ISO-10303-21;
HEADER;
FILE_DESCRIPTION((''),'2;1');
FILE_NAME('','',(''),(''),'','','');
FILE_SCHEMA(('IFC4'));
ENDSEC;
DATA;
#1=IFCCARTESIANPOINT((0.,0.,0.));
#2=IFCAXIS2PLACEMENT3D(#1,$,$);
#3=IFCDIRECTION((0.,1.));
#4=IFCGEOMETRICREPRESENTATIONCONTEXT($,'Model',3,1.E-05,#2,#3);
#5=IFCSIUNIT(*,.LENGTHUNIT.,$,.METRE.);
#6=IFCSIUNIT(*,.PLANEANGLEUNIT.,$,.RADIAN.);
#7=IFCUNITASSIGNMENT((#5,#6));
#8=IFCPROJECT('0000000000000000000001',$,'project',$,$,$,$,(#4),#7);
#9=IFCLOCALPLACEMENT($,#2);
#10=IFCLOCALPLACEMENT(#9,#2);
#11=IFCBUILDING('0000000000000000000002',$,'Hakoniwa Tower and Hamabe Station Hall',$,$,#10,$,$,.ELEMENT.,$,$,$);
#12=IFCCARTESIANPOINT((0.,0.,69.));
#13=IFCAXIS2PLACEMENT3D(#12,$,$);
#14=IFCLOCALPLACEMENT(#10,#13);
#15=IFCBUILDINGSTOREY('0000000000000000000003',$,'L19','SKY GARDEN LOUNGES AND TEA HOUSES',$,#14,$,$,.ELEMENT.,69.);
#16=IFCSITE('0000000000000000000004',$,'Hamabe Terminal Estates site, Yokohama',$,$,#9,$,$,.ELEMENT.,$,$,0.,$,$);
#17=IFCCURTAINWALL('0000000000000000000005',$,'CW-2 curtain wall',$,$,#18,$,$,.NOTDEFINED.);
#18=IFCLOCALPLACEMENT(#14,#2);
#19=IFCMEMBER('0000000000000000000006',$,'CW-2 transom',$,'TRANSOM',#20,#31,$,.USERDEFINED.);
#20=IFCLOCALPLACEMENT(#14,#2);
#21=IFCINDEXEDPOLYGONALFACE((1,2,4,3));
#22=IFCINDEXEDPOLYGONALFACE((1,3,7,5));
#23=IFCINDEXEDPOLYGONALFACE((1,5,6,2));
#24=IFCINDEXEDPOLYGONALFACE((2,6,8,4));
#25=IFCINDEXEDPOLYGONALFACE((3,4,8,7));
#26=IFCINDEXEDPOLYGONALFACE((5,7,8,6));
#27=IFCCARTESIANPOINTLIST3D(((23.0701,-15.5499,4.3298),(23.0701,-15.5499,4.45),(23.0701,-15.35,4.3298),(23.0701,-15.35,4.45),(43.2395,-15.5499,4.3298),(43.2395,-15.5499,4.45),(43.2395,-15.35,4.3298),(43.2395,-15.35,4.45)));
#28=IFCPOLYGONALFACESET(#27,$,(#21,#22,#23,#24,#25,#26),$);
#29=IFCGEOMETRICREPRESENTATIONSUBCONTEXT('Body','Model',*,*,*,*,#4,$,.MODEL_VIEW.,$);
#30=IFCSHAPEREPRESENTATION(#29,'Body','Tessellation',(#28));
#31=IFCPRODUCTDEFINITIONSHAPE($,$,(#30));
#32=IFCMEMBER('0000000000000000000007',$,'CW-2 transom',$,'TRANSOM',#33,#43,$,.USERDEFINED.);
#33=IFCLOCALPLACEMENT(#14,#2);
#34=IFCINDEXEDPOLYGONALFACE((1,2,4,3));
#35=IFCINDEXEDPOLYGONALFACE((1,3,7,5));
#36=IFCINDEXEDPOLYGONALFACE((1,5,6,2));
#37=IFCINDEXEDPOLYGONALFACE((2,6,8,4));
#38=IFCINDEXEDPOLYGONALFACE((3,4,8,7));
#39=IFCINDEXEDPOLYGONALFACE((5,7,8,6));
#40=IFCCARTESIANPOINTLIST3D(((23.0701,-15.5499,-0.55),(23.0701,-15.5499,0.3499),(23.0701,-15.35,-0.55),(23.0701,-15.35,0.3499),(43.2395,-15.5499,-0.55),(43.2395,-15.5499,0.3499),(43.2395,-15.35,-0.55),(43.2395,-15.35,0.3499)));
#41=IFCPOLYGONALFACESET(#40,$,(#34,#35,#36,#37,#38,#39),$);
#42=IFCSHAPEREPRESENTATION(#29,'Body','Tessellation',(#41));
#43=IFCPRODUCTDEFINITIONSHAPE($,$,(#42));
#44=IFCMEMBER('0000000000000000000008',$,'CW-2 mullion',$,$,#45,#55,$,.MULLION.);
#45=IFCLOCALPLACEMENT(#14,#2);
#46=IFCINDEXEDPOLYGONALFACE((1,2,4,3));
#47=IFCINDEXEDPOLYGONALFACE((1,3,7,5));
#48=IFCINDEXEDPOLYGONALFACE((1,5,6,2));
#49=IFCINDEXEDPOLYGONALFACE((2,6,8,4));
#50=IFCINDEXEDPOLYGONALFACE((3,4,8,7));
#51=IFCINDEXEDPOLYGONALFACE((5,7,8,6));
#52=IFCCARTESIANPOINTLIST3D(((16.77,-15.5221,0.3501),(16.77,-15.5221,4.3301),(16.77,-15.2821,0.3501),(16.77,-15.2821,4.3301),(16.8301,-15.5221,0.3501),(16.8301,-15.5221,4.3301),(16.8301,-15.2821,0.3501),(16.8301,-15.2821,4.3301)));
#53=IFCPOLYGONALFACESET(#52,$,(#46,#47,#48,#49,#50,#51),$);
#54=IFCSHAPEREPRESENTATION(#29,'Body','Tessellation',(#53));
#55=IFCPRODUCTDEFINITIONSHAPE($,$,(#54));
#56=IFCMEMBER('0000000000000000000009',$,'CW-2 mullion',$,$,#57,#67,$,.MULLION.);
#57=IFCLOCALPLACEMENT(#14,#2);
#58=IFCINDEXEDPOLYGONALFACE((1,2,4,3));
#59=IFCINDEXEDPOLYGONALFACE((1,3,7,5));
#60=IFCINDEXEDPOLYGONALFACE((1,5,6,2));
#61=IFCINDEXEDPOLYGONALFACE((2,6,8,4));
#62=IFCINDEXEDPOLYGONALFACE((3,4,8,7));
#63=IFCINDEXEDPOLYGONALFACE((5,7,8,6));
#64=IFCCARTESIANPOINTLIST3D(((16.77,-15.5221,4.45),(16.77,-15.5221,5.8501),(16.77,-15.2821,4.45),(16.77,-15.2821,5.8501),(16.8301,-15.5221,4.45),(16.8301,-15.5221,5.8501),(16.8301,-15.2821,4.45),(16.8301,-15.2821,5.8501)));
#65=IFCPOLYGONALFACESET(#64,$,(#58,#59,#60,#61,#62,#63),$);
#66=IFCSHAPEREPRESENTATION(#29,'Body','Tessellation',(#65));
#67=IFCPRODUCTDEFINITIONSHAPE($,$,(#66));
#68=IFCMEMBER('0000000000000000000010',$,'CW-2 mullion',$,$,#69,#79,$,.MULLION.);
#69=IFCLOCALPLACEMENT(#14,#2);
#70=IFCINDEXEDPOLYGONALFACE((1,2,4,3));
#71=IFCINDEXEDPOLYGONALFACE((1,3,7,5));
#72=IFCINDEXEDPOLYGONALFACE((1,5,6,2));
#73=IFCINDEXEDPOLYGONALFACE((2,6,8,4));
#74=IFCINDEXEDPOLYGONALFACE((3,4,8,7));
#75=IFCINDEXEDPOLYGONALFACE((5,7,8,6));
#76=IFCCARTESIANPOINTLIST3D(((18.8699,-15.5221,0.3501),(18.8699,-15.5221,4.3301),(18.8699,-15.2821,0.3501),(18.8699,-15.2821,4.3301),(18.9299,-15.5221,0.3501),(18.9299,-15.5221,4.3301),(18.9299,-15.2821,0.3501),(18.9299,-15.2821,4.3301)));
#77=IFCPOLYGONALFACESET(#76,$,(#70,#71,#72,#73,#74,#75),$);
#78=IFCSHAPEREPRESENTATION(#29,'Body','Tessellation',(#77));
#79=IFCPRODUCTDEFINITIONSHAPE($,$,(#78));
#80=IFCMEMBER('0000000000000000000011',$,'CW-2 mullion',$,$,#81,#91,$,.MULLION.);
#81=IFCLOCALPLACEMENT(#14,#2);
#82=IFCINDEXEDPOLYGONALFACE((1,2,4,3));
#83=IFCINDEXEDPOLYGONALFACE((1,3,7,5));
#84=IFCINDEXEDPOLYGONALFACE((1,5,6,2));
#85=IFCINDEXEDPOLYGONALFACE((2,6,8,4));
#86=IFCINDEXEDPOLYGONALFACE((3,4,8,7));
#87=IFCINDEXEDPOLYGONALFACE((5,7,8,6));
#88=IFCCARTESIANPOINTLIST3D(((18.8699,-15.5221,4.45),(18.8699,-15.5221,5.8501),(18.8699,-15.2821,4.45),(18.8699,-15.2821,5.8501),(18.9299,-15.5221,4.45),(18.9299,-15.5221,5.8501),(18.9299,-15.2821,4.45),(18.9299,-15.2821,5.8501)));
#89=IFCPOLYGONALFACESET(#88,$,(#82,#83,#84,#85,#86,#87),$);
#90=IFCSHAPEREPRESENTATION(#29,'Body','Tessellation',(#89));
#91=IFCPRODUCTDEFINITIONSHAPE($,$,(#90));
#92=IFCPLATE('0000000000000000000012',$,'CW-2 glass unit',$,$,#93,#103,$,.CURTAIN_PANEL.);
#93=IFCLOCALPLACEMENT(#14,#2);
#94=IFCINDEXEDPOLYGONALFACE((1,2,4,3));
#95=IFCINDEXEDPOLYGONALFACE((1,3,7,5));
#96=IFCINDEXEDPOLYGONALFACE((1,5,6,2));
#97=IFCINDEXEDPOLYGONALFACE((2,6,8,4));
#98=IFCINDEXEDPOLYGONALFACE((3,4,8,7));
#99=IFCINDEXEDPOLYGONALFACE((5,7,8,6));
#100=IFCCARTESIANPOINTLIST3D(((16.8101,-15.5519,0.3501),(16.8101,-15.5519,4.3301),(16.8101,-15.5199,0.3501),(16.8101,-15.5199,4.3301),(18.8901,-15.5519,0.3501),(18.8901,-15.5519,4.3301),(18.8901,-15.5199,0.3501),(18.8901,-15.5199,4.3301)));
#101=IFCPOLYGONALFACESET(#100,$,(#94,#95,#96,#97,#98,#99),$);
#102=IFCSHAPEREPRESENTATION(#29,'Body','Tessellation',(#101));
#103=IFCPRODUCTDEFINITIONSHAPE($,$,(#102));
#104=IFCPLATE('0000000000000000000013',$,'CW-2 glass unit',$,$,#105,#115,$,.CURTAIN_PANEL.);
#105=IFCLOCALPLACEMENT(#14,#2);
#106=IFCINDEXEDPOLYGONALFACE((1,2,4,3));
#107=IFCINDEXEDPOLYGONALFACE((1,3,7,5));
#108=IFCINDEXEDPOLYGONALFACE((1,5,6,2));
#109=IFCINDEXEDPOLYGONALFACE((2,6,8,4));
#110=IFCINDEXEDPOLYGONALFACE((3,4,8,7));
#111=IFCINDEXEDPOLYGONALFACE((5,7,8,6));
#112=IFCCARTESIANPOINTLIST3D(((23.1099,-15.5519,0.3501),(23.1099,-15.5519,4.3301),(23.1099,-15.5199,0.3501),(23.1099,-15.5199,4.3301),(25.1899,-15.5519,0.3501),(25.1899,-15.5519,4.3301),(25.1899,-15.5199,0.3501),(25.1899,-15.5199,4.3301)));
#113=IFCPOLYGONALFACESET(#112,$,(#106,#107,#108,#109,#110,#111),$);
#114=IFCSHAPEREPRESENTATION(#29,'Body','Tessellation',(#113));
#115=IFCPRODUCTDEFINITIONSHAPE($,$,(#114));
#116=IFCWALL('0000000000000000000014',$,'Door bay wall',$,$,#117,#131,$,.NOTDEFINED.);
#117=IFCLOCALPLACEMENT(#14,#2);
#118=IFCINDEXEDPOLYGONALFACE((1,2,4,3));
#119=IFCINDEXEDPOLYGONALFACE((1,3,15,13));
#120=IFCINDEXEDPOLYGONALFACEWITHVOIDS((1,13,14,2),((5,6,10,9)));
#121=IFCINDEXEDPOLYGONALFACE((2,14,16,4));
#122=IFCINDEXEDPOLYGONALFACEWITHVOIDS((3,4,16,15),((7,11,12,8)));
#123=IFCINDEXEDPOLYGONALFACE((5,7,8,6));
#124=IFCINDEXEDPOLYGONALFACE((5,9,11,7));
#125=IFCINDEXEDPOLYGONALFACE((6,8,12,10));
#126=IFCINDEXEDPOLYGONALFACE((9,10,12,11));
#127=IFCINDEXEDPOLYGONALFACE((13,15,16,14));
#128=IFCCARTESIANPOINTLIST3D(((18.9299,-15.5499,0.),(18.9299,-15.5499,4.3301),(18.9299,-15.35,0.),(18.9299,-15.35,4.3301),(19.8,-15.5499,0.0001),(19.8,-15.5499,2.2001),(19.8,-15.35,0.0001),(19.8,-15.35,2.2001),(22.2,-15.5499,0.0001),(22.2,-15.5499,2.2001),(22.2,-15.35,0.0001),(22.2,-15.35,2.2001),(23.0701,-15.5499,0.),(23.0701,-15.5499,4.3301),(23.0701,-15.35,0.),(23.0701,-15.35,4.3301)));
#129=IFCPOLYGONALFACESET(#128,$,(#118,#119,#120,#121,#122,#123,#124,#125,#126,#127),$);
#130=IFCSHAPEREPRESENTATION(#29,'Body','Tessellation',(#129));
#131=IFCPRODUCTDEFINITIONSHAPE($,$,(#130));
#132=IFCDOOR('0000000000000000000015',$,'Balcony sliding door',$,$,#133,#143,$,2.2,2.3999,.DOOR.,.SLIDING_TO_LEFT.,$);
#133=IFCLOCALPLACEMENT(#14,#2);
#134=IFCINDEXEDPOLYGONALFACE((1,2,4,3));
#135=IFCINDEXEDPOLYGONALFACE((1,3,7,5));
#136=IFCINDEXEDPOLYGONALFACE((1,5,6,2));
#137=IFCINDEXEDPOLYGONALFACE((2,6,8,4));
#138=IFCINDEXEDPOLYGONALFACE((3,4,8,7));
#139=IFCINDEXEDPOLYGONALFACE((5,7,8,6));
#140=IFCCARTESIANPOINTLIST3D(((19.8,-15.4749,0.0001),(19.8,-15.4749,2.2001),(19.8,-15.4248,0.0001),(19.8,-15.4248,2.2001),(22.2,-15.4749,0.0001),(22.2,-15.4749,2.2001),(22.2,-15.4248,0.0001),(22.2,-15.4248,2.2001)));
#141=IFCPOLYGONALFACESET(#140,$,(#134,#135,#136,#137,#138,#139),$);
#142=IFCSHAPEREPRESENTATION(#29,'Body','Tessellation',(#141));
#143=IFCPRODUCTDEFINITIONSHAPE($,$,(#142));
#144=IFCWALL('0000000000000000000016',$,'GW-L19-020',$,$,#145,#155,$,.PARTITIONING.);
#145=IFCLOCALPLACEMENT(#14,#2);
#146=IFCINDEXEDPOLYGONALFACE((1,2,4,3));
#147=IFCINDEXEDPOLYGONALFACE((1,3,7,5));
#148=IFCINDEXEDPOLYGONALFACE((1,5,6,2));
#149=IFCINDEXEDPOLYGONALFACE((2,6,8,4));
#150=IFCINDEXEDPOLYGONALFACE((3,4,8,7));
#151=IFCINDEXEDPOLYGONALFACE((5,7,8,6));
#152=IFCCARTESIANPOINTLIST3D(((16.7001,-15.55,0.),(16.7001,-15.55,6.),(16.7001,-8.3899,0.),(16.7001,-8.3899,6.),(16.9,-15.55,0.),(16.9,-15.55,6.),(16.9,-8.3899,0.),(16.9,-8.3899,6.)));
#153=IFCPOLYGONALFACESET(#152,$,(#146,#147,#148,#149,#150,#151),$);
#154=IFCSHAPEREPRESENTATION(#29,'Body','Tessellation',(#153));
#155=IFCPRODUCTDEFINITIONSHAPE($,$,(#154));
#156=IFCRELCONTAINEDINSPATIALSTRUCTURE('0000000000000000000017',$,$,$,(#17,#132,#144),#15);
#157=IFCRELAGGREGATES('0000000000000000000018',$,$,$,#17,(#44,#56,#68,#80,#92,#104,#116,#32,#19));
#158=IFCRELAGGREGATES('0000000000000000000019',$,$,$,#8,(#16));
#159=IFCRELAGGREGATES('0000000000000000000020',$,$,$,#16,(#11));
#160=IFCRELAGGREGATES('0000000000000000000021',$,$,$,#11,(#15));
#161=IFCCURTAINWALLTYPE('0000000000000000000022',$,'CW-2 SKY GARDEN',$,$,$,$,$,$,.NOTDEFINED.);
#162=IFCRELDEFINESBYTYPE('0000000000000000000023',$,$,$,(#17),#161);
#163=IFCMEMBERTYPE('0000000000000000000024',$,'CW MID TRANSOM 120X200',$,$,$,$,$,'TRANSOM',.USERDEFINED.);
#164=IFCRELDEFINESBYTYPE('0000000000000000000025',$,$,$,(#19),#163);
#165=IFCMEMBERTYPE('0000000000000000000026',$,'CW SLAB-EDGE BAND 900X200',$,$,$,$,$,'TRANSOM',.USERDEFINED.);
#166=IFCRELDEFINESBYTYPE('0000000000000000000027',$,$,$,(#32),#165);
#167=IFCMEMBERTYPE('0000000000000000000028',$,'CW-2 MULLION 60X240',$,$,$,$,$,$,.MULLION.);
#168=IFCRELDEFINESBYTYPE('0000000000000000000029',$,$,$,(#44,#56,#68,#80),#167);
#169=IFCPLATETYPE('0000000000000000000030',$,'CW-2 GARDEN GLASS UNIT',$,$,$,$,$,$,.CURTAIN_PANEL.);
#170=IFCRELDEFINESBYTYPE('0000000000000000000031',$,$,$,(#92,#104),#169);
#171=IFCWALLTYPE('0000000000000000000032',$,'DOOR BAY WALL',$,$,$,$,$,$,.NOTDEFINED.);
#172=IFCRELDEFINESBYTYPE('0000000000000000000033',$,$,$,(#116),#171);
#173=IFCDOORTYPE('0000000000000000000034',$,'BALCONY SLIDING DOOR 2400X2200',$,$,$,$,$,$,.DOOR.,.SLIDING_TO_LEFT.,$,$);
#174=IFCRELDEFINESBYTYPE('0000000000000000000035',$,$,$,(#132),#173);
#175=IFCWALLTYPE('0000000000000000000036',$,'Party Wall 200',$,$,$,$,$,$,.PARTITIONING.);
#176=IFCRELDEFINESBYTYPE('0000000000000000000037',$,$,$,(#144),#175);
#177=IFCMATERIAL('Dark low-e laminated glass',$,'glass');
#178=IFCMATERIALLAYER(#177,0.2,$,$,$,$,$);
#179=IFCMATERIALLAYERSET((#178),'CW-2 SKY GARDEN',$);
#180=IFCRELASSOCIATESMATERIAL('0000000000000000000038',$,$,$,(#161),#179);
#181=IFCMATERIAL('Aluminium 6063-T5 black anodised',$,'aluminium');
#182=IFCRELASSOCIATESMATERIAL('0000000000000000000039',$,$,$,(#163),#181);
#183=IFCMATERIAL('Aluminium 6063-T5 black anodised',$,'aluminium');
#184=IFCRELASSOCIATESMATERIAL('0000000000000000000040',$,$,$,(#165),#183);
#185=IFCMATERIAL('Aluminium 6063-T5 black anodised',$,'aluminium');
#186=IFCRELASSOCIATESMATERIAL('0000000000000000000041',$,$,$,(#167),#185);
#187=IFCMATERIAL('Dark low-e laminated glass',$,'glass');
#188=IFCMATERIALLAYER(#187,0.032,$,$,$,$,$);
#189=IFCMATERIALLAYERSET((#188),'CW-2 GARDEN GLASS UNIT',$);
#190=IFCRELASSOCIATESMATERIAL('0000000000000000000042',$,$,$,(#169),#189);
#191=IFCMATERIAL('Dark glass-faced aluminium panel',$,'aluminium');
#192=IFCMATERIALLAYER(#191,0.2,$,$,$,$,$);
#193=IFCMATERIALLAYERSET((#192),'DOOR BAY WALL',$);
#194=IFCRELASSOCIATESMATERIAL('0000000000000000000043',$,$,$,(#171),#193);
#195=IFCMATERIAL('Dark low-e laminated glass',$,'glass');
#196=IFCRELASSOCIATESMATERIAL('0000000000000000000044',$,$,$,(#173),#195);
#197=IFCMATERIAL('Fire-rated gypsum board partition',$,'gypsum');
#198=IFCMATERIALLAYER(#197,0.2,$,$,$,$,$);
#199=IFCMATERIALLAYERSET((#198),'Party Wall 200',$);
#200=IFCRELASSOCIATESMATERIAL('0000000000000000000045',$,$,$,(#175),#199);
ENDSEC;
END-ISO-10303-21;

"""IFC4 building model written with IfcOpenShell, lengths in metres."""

from ifc_helpers import new_model, si_unit, direction, frame, frame_2d, origin, origin_2d, place, context, subcontext, project, spatial, rectangle, extrude, material, layer, layer_set, material_profile, profile_set, type_object, element, fill, aggregate, save


model = new_model("IFC4")

# Units and contexts
model_context = context("Model", 3, precision=1e-05, world=origin(), true_north=direction((0.0, 1.0)))
body_context = subcontext(model_context, "Body", "Model", "MODEL_VIEW")
ifc_project = project(units=[si_unit("LENGTHUNIT", "METRE"), si_unit("PLANEANGLEUNIT", "RADIAN")], contexts=[model_context])

# Site, building, storey
site_placement = place(None, origin())
site = spatial("IfcSite", under=ifc_project, at=site_placement, Name="Hamabe Terminal Estates site, Yokohama", CompositionType="ELEMENT", RefElevation=0.0)
building_placement = place(site_placement, origin())
building = spatial("IfcBuilding", under=site, at=building_placement, Name="Hakoniwa Tower and Hamabe Station Hall", CompositionType="ELEMENT")
storey_placement = place(building_placement, frame((0.0, 0.0, 69.0)))
storey = spatial("IfcBuildingStorey", under=building, at=storey_placement, Name="L19", Description="SKY GARDEN LOUNGES AND TEA HOUSES", CompositionType="ELEMENT", Elevation=69.0)

# Curtain wall, members, plates, wall, opening, door
ifc_material_1 = material(Name="Dark low-e laminated glass", Category="glass")
ifc_layer_1 = layer(ifc_material_1, 0.2)
ifc_layer_set_1 = layer_set([ifc_layer_1], Name="CW-2 SKY GARDEN")
curtain_wall_type = type_object("IfcCurtainWallType", Name="CW-2 SKY GARDEN", PredefinedType="NOTDEFINED", material=ifc_layer_set_1)
curtain_wall_placement = place(storey_placement, origin())
curtain_wall = element("IfcCurtainWall", 1, at=curtain_wall_placement, inside=storey, type_object=curtain_wall_type, Name="CW-2 curtain wall", PredefinedType="NOTDEFINED")
ifc_material_2 = material(Name="Aluminium 6063-T5 black anodised", Category="aluminium")
ifc_material_profile_1 = material_profile(ifc_material_2, rectangle(XDim=0.2, YDim=0.1201, at=origin_2d()), Name="CW MID TRANSOM 120X200")
ifc_profile_set_1 = profile_set([ifc_material_profile_1], Name="Aluminium 6063-T5 black anodised")
member_type_1 = type_object("IfcMemberType", Name="CW MID TRANSOM 120X200", ElementType="TRANSOM", PredefinedType="USERDEFINED", material=ifc_profile_set_1)
member_1_placement = place(storey_placement, frame((23.0701, -15.45, 4.3899), z_axis=(1.0, 0.0, 0.0), x_axis=(0.0, 1.0, 0.0)))
member_1 = element("IfcMember", 2, at=member_1_placement, type_object=member_type_1, Name="CW-2 transom", ObjectType="TRANSOM", PredefinedType="USERDEFINED", context=body_context, shape_type="SweptSolid", body=[
    extrude(rectangle(XDim=0.2, YDim=0.1201, at=origin_2d()), origin(), (0.0, 0.0, 1.0), 20.1694),
])
ifc_material_3 = material(Name="Aluminium 6063-T5 black anodised", Category="aluminium")
ifc_material_profile_2 = material_profile(ifc_material_3, rectangle(XDim=0.2, YDim=0.8999, at=origin_2d()), Name="CW SLAB-EDGE BAND 900X200")
ifc_profile_set_2 = profile_set([ifc_material_profile_2], Name="Aluminium 6063-T5 black anodised")
member_type_2 = type_object("IfcMemberType", Name="CW SLAB-EDGE BAND 900X200", ElementType="TRANSOM", PredefinedType="USERDEFINED", material=ifc_profile_set_2)
member_2_placement = place(storey_placement, frame((23.0701, -15.45, -0.1001), z_axis=(1.0, 0.0, 0.0), x_axis=(0.0, 1.0, 0.0)))
member_2 = element("IfcMember", 3, at=member_2_placement, type_object=member_type_2, Name="CW-2 transom", ObjectType="TRANSOM", PredefinedType="USERDEFINED", context=body_context, shape_type="SweptSolid", body=[
    extrude(rectangle(XDim=0.2, YDim=0.8999, at=origin_2d()), origin(), (0.0, 0.0, 1.0), 20.1694),
])
ifc_material_4 = material(Name="Aluminium 6063-T5 black anodised", Category="aluminium")
ifc_material_profile_3 = material_profile(ifc_material_4, rectangle(XDim=0.0601, YDim=0.24, at=origin_2d()), Name="CW-2 MULLION 60X240")
ifc_profile_set_3 = profile_set([ifc_material_profile_3], Name="Aluminium 6063-T5 black anodised")
member_type_3 = type_object("IfcMemberType", Name="CW-2 MULLION 60X240", PredefinedType="MULLION", material=ifc_profile_set_3)
member_3_placement = place(storey_placement, frame((16.8, -15.4021, 0.3501), z_axis=(0.0, 0.0, 1.0), x_axis=(1.0, 0.0, 0.0)))
member_3 = element("IfcMember", 4, at=member_3_placement, type_object=member_type_3, Name="CW-2 mullion", PredefinedType="MULLION", context=body_context, shape_type="SweptSolid", body=[
    extrude(rectangle(XDim=0.0601, YDim=0.24, at=origin_2d()), origin(), (0.0, 0.0, 1.0), 3.98),
])
member_4_placement = place(storey_placement, frame((16.8, -15.4021, 4.45), z_axis=(0.0, 0.0, 1.0), x_axis=(1.0, 0.0, 0.0)))
member_4 = element("IfcMember", 5, at=member_4_placement, type_object=member_type_3, Name="CW-2 mullion", PredefinedType="MULLION", context=body_context, shape_type="SweptSolid", body=[
    extrude(rectangle(XDim=0.0601, YDim=0.24, at=origin_2d()), origin(), (0.0, 0.0, 1.0), 1.4001),
])
member_5_placement = place(storey_placement, frame((18.8999, -15.4021, 0.3501), z_axis=(0.0, 0.0, 1.0), x_axis=(1.0, 0.0, 0.0)))
member_5 = element("IfcMember", 6, at=member_5_placement, type_object=member_type_3, Name="CW-2 mullion", PredefinedType="MULLION", context=body_context, shape_type="SweptSolid", body=[
    extrude(rectangle(XDim=0.0601, YDim=0.24, at=origin_2d()), origin(), (0.0, 0.0, 1.0), 3.98),
])
member_6_placement = place(storey_placement, frame((18.8999, -15.4021, 4.45), z_axis=(0.0, 0.0, 1.0), x_axis=(1.0, 0.0, 0.0)))
member_6 = element("IfcMember", 7, at=member_6_placement, type_object=member_type_3, Name="CW-2 mullion", PredefinedType="MULLION", context=body_context, shape_type="SweptSolid", body=[
    extrude(rectangle(XDim=0.0601, YDim=0.24, at=origin_2d()), origin(), (0.0, 0.0, 1.0), 1.4001),
])
ifc_material_5 = material(Name="Dark low-e laminated glass", Category="glass")
ifc_layer_2 = layer(ifc_material_5, 0.032)
ifc_layer_set_2 = layer_set([ifc_layer_2], Name="CW-2 GARDEN GLASS UNIT")
plate_type = type_object("IfcPlateType", Name="CW-2 GARDEN GLASS UNIT", PredefinedType="CURTAIN_PANEL", material=ifc_layer_set_2)
plate_1_placement = place(storey_placement, frame((17.8501, -15.5359, 0.3501), z_axis=(0.0, 0.0, 1.0), x_axis=(1.0, 0.0, 0.0)))
plate_1 = element("IfcPlate", 8, at=plate_1_placement, type_object=plate_type, Name="CW-2 glass unit", PredefinedType="CURTAIN_PANEL", context=body_context, shape_type="SweptSolid", body=[
    extrude(rectangle(XDim=2.0801, YDim=0.032, at=origin_2d()), origin(), (0.0, 0.0, 1.0), 3.98),
])
plate_2_placement = place(storey_placement, frame((24.1499, -15.5359, 0.3501), z_axis=(0.0, 0.0, 1.0), x_axis=(1.0, 0.0, 0.0)))
plate_2 = element("IfcPlate", 9, at=plate_2_placement, type_object=plate_type, Name="CW-2 glass unit", PredefinedType="CURTAIN_PANEL", context=body_context, shape_type="SweptSolid", body=[
    extrude(rectangle(XDim=2.0801, YDim=0.032, at=origin_2d()), origin(), (0.0, 0.0, 1.0), 3.98),
])
ifc_material_6 = material(Name="Dark glass-faced aluminium panel", Category="aluminium")
ifc_layer_3 = layer(ifc_material_6, 0.2)
ifc_layer_set_3 = layer_set([ifc_layer_3], Name="DOOR BAY WALL")
wall_type_1 = type_object("IfcWallType", Name="DOOR BAY WALL", PredefinedType="NOTDEFINED", material=ifc_layer_set_3)
wall_1_placement = place(storey_placement, frame((18.9299, -15.45, 0.0), z_axis=(0.0, 0.0, 1.0), x_axis=(1.0, 0.0, 0.0)))
wall_1 = element("IfcWall", 10, at=wall_1_placement, type_object=wall_type_1, Name="Door bay wall", PredefinedType="NOTDEFINED", context=body_context, shape_type="SweptSolid", body=[
    extrude(rectangle(XDim=4.1401, YDim=0.2, at=frame_2d((2.0701, 0.0))), origin(), (0.0, 0.0, 1.0), 4.3301),
])
opening_1_placement = place(wall_1_placement, frame((0.8701, 0.0, 0.0)))
opening_1 = element("IfcOpeningElement", 11, at=opening_1_placement, cuts=wall_1, PredefinedType="OPENING", context=body_context, shape_type="SweptSolid", body=[
    extrude(rectangle(XDim=2.3999, YDim=2.2, at=frame_2d((1.2, 1.1001))), frame((0.0, 0.1099, 0.0), z_axis=(0.0, -1.0, 0.0), x_axis=(1.0, 0.0, 0.0)), (0.0, 0.0, 1.0), 0.22),
])
ifc_material_7 = material(Name="Dark low-e laminated glass", Category="glass")
door_type = type_object("IfcDoorType", Name="BALCONY SLIDING DOOR 2400X2200", OperationType="SLIDING_TO_LEFT", PredefinedType="DOOR", material=ifc_material_7)
door_placement = place(opening_1_placement, frame((2.3999, 0.0, 0.0), z_axis=(0.0, 0.0, 1.0), x_axis=(-1.0, 0.0, 0.0)))
door = element("IfcDoor", 12, at=door_placement, inside=storey, type_object=door_type, Name="Balcony sliding door", OperationType="SLIDING_TO_LEFT", OverallHeight=2.2, OverallWidth=2.3999, PredefinedType="DOOR", context=body_context, shape_type="SweptSolid", body=[
    extrude(rectangle(XDim=2.3999, YDim=2.2, at=frame_2d((1.2, 1.1001))), frame((0.0, 0.0249, 0.0), z_axis=(0.0, -1.0, 0.0), x_axis=(1.0, 0.0, 0.0)), (0.0, 0.0, 1.0), 0.05),
])
fill(opening_1, door)

# Wall
ifc_material_8 = material(Name="Fire-rated gypsum board partition", Category="gypsum")
ifc_layer_4 = layer(ifc_material_8, 0.2)
ifc_layer_set_4 = layer_set([ifc_layer_4], Name="Party Wall 200")
wall_type_2 = type_object("IfcWallType", Name="Party Wall 200", PredefinedType="PARTITIONING", material=ifc_layer_set_4)
wall_2_placement = place(storey_placement, frame((16.8, -15.55, 0.0), z_axis=(0.0, 0.0, 1.0), x_axis=(0.0, 1.0, 0.0)))
element("IfcWall", 13, at=wall_2_placement, inside=storey, type_object=wall_type_2, Name="GW-L19-020", PredefinedType="PARTITIONING", context=body_context, shape_type="SweptSolid", body=[
    extrude(rectangle(XDim=7.1602, YDim=0.2, at=frame_2d((3.5801, 0.0))), origin(), (0.0, 0.0, 1.0), 6.0),
])

aggregate(curtain_wall, [member_3, member_4, member_5, member_6, plate_1, plate_2, wall_1, member_2, member_1])

save(model, "model.ifc")
